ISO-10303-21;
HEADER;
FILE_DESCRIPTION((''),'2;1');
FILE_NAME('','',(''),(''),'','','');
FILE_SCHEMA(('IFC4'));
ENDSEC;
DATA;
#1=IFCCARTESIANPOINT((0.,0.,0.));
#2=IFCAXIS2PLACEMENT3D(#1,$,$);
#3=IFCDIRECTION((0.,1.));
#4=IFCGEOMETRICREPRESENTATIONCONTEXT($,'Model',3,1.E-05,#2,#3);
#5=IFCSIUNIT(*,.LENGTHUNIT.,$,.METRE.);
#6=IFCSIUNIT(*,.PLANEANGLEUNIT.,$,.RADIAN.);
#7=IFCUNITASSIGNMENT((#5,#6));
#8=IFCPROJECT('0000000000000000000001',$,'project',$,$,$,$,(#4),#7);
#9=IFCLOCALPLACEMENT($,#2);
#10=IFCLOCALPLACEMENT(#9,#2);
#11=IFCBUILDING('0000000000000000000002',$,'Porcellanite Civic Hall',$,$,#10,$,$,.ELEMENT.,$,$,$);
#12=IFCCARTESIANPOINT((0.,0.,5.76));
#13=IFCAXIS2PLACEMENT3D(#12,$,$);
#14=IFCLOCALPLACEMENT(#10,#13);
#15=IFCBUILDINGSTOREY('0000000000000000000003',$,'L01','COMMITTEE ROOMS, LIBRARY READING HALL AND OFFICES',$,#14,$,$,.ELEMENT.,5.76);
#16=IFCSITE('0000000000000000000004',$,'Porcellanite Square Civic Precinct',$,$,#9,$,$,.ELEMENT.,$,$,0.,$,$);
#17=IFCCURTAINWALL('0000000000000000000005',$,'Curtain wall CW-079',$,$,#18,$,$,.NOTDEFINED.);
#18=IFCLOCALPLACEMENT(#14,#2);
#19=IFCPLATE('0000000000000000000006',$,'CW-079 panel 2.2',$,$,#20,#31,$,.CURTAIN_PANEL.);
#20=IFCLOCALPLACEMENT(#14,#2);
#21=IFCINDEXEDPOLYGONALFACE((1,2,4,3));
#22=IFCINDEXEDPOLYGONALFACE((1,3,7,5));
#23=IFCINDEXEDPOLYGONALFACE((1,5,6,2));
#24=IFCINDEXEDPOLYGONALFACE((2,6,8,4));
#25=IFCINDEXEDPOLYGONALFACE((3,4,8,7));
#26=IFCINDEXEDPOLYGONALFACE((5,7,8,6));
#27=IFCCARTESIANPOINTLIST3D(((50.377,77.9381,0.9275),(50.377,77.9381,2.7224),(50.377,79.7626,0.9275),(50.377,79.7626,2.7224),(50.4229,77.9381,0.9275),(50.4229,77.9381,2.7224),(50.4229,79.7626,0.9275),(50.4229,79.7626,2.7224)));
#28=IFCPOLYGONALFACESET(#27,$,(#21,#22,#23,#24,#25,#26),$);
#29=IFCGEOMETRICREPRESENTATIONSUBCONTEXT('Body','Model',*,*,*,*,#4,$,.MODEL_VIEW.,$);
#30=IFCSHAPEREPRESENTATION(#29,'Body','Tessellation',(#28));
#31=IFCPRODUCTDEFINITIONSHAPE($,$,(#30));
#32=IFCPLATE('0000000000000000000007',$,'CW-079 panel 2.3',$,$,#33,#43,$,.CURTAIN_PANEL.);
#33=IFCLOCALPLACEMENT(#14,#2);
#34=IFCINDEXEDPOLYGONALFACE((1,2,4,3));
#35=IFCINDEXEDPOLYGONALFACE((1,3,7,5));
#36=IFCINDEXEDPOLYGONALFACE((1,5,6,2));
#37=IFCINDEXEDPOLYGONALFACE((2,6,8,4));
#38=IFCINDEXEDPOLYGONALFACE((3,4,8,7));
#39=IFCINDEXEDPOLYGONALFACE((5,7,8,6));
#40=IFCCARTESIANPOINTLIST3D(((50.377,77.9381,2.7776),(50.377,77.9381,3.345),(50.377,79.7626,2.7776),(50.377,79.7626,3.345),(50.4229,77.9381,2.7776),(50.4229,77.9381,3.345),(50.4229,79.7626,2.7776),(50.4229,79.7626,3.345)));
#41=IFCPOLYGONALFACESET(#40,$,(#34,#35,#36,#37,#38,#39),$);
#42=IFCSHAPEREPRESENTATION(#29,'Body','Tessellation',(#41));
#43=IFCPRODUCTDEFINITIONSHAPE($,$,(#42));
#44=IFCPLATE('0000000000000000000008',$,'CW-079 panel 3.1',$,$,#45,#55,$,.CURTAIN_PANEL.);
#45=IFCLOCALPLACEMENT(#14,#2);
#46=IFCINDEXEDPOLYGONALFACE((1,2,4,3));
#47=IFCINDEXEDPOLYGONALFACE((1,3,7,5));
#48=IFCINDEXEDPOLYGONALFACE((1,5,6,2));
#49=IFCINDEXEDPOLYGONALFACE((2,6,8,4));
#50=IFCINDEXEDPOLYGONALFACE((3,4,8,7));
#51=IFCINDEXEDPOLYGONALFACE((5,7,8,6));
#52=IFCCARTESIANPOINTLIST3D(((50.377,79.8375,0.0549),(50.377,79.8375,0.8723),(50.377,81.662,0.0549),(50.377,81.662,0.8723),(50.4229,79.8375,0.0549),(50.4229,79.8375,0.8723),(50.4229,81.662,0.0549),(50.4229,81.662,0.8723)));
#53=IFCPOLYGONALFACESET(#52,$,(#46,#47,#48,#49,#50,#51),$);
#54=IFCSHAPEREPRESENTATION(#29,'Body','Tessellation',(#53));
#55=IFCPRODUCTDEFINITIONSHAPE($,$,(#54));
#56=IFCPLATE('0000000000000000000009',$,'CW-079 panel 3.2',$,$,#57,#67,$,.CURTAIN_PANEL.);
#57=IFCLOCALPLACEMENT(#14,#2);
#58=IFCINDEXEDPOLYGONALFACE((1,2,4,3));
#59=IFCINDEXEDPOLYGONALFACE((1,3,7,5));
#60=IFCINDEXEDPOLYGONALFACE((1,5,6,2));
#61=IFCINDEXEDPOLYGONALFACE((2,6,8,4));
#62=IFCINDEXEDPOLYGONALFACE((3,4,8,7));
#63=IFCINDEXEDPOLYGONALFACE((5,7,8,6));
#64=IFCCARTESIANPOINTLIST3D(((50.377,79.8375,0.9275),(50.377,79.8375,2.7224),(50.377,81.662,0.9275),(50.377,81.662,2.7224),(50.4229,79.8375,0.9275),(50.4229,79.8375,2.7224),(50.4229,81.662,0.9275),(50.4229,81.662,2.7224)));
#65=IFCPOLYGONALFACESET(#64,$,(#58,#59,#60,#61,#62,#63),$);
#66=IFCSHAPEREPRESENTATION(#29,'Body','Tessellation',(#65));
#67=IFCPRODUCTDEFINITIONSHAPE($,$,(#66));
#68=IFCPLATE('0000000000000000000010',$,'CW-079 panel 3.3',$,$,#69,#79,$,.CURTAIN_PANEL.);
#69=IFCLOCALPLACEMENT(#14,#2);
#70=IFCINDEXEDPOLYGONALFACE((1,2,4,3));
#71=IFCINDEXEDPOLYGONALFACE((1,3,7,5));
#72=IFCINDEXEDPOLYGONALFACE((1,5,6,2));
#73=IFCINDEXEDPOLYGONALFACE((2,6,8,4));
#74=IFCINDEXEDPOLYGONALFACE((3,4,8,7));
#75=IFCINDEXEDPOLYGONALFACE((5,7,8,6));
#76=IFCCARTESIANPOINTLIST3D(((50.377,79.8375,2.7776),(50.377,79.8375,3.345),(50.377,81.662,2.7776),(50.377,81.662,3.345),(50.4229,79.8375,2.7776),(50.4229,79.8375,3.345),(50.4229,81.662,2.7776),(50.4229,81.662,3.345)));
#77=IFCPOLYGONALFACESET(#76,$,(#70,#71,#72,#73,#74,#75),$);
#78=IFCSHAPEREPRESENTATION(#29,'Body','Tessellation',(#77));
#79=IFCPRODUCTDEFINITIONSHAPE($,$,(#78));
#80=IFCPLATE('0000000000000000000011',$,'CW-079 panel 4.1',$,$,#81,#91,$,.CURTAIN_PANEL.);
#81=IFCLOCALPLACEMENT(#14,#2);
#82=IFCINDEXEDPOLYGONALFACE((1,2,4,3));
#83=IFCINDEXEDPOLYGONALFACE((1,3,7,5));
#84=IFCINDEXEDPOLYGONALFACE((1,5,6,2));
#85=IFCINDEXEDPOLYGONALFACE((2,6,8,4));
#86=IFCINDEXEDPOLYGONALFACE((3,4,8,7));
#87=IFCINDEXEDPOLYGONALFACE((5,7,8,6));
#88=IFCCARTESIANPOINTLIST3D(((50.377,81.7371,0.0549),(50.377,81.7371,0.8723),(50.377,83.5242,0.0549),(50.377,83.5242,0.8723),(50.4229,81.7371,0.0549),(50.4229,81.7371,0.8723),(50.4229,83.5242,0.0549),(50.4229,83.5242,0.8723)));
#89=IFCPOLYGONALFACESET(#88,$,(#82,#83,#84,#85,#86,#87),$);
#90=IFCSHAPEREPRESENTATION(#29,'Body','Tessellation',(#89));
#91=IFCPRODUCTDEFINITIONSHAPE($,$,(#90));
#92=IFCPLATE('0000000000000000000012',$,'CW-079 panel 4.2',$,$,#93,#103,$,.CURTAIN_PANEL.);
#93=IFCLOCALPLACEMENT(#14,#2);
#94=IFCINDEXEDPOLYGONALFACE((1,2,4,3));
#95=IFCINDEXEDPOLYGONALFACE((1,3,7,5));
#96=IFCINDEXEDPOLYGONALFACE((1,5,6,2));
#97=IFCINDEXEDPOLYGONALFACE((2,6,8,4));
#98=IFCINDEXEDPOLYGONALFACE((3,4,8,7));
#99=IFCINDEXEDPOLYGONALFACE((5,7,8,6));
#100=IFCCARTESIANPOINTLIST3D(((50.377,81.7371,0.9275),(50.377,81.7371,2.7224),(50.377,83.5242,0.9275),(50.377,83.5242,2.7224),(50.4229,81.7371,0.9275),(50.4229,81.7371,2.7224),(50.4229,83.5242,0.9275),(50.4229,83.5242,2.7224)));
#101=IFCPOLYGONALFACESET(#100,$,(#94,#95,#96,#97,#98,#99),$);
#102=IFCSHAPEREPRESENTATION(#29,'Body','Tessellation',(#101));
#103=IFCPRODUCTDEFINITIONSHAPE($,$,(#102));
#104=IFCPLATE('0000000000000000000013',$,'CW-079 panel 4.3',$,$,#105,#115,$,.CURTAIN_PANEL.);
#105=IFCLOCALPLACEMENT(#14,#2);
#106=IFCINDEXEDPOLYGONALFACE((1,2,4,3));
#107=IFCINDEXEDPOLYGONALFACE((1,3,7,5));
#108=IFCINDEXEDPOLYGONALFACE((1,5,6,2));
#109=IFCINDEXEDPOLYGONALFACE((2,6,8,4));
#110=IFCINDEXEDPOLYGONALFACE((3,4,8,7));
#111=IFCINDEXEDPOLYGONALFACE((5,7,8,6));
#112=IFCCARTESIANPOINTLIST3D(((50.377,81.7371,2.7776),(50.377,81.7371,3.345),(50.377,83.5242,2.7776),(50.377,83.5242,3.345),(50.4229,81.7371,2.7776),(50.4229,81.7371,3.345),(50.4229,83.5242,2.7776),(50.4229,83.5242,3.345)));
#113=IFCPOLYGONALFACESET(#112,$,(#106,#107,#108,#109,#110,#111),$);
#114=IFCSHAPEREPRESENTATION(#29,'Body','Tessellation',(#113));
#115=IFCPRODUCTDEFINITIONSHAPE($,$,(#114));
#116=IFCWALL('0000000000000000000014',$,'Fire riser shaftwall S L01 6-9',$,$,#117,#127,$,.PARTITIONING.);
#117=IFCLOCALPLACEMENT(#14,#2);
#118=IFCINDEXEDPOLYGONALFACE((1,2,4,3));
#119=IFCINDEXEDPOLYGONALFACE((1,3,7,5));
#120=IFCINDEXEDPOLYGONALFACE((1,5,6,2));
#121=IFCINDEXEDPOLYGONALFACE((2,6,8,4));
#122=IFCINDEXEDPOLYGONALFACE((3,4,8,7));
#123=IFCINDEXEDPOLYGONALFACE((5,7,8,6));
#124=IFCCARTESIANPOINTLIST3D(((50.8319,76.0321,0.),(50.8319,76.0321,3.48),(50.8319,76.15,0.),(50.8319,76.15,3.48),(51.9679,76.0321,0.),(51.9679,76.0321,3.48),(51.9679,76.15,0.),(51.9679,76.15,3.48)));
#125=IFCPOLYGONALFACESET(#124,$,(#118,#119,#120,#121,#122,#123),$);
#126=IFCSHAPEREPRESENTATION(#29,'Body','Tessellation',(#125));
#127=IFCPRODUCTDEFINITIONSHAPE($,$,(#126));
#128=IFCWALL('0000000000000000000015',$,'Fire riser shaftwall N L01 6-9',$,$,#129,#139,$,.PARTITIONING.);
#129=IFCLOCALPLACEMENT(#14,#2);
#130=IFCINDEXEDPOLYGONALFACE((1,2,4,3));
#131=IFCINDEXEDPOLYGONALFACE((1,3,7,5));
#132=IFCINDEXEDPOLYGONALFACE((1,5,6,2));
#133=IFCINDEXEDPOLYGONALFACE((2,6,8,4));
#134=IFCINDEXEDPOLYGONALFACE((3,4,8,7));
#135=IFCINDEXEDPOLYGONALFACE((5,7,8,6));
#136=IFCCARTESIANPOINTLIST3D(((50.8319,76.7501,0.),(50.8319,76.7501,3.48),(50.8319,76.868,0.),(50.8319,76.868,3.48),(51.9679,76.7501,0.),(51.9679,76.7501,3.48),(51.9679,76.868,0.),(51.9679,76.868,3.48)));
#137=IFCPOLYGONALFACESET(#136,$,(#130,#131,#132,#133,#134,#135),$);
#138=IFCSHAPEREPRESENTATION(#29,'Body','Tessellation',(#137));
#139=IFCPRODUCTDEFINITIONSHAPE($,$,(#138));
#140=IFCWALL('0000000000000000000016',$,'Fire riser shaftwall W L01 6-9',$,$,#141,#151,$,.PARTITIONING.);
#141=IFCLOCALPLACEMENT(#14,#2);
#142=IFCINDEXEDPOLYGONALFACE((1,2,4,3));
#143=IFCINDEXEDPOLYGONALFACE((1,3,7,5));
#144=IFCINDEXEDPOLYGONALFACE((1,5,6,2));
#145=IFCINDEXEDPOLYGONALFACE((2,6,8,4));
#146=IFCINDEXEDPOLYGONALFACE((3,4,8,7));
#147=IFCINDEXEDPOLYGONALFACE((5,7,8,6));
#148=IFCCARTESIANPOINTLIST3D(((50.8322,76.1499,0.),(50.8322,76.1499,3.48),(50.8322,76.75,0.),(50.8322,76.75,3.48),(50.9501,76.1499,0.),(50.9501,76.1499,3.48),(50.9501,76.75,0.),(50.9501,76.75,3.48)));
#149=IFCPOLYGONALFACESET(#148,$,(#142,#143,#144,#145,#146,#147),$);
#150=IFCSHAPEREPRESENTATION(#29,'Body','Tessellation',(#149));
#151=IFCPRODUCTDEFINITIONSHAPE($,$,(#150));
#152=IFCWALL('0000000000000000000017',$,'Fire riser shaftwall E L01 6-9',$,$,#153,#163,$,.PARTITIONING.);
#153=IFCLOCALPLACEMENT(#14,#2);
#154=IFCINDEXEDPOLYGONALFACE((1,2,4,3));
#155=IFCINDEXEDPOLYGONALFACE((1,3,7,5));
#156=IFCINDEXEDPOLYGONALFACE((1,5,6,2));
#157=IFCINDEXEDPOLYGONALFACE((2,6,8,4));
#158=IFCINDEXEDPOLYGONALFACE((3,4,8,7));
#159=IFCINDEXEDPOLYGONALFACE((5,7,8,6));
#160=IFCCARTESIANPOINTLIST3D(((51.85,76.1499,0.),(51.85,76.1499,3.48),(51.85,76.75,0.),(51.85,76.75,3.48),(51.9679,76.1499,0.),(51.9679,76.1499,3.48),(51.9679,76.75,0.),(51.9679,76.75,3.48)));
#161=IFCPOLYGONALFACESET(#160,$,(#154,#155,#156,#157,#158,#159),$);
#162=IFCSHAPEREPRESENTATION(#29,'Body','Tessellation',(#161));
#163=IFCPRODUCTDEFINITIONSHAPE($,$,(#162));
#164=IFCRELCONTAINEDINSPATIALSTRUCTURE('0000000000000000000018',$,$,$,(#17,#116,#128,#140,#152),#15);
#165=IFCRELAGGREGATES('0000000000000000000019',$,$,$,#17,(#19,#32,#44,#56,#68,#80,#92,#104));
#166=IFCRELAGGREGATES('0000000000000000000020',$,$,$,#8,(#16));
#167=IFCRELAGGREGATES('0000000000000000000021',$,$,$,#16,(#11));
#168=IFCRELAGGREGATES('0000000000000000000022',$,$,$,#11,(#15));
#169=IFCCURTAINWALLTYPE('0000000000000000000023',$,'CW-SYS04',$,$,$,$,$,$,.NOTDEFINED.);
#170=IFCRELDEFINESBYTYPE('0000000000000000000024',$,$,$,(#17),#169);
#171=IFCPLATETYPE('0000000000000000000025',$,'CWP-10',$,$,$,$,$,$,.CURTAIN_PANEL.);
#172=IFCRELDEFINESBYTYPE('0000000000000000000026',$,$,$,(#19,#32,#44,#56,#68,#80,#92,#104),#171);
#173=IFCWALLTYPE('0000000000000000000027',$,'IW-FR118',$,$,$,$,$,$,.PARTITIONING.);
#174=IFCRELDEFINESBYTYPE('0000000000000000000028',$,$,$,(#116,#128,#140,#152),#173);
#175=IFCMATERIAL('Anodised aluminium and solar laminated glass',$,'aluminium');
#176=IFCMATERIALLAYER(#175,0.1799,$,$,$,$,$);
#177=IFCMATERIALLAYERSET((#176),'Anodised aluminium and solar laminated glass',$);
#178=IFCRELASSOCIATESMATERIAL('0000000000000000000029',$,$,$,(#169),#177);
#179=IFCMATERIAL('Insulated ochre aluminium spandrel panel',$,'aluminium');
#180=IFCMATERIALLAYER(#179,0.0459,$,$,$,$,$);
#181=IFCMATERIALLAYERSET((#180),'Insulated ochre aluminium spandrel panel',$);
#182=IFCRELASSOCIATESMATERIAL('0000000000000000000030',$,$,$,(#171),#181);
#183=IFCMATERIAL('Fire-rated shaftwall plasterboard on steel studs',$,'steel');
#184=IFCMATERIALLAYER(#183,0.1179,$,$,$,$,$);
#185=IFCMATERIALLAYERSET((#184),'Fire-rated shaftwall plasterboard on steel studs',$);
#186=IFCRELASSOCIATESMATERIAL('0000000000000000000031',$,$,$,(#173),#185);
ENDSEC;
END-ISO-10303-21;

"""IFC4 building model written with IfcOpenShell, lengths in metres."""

from ifc_helpers import new_model, si_unit, direction, frame, frame_2d, origin, origin_2d, place, context, subcontext, project, spatial, rectangle, extrude, material, layer, layer_set, type_object, element, aggregate, save


model = new_model("IFC4")

# Units and contexts
model_context = context("Model", 3, precision=1e-05, world=origin(), true_north=direction((0.0, 1.0)))
body_context = subcontext(model_context, "Body", "Model", "MODEL_VIEW")
ifc_project = project(units=[si_unit("LENGTHUNIT", "METRE"), si_unit("PLANEANGLEUNIT", "RADIAN")], contexts=[model_context])

# Site, building, storey
site_placement = place(None, origin())
site = spatial("IfcSite", under=ifc_project, at=site_placement, Name="Porcellanite Square Civic Precinct", CompositionType="ELEMENT", RefElevation=0.0)
building_placement = place(site_placement, origin())
building = spatial("IfcBuilding", under=site, at=building_placement, Name="Porcellanite Civic Hall", CompositionType="ELEMENT")
storey_placement = place(building_placement, frame((0.0, 0.0, 5.76)))
storey = spatial("IfcBuildingStorey", under=building, at=storey_placement, Name="L01", Description="COMMITTEE ROOMS, LIBRARY READING HALL AND OFFICES", CompositionType="ELEMENT", Elevation=5.76)

# Curtain wall
ifc_material_1 = material(Name="Anodised aluminium and solar laminated glass", Category="aluminium")
ifc_layer_1 = layer(ifc_material_1, 0.1799)
ifc_layer_set_1 = layer_set([ifc_layer_1], Name="Anodised aluminium and solar laminated glass")
curtain_wall_type_1 = type_object("IfcCurtainWallType", Name="CW-SYS04", PredefinedType="NOTDEFINED", material=ifc_layer_set_1)
curtain_wall_1_placement = place(storey_placement, origin())
curtain_wall_1 = element("IfcCurtainWall", 1, at=curtain_wall_1_placement, inside=storey, type_object=curtain_wall_type_1, Name="Curtain wall CW-079", PredefinedType="NOTDEFINED")

# Plates
ifc_material_2 = material(Name="Insulated ochre aluminium spandrel panel", Category="aluminium")
ifc_layer_2 = layer(ifc_material_2, 0.0459)
ifc_layer_set_2 = layer_set([ifc_layer_2], Name="Insulated ochre aluminium spandrel panel")
plate_type_1 = type_object("IfcPlateType", Name="CWP-10", PredefinedType="CURTAIN_PANEL", material=ifc_layer_set_2)
plate_1_placement = place(storey_placement, frame((50.3999, 78.8503, 0.9275), z_axis=(0.0, 0.0, 1.0), x_axis=(0.0, 1.0, 0.0)))
plate_1 = element("IfcPlate", 2, at=plate_1_placement, type_object=plate_type_1, Name="CW-079 panel 2.2", PredefinedType="CURTAIN_PANEL", context=body_context, shape_type="SweptSolid", body=[
    extrude(rectangle(XDim=1.8245, YDim=0.0459, at=origin_2d()), origin(), (0.0, 0.0, 1.0), 1.7949),
])
plate_2_placement = place(storey_placement, frame((50.3999, 78.8503, 2.7776), z_axis=(0.0, 0.0, 1.0), x_axis=(0.0, 1.0, 0.0)))
plate_2 = element("IfcPlate", 3, at=plate_2_placement, type_object=plate_type_1, Name="CW-079 panel 2.3", PredefinedType="CURTAIN_PANEL", context=body_context, shape_type="SweptSolid", body=[
    extrude(rectangle(XDim=1.8245, YDim=0.0459, at=origin_2d()), origin(), (0.0, 0.0, 1.0), 0.5674),
])
plate_3_placement = place(storey_placement, frame((50.3999, 80.7498, 0.0549), z_axis=(0.0, 0.0, 1.0), x_axis=(0.0, 1.0, 0.0)))
plate_3 = element("IfcPlate", 4, at=plate_3_placement, type_object=plate_type_1, Name="CW-079 panel 3.1", PredefinedType="CURTAIN_PANEL", context=body_context, shape_type="SweptSolid", body=[
    extrude(rectangle(XDim=1.8245, YDim=0.0459, at=origin_2d()), origin(), (0.0, 0.0, 1.0), 0.8174),
])
plate_4_placement = place(storey_placement, frame((50.3999, 80.7498, 0.9275), z_axis=(0.0, 0.0, 1.0), x_axis=(0.0, 1.0, 0.0)))
plate_4 = element("IfcPlate", 5, at=plate_4_placement, type_object=plate_type_1, Name="CW-079 panel 3.2", PredefinedType="CURTAIN_PANEL", context=body_context, shape_type="SweptSolid", body=[
    extrude(rectangle(XDim=1.8245, YDim=0.0459, at=origin_2d()), origin(), (0.0, 0.0, 1.0), 1.7949),
])
plate_5_placement = place(storey_placement, frame((50.3999, 80.7498, 2.7776), z_axis=(0.0, 0.0, 1.0), x_axis=(0.0, 1.0, 0.0)))
plate_5 = element("IfcPlate", 6, at=plate_5_placement, type_object=plate_type_1, Name="CW-079 panel 3.3", PredefinedType="CURTAIN_PANEL", context=body_context, shape_type="SweptSolid", body=[
    extrude(rectangle(XDim=1.8245, YDim=0.0459, at=origin_2d()), origin(), (0.0, 0.0, 1.0), 0.5674),
])
plate_6_placement = place(storey_placement, frame((50.3999, 82.6306, 0.0549), z_axis=(0.0, 0.0, 1.0), x_axis=(0.0, 1.0, 0.0)))
plate_6 = element("IfcPlate", 7, at=plate_6_placement, type_object=plate_type_1, Name="CW-079 panel 4.1", PredefinedType="CURTAIN_PANEL", context=body_context, shape_type="SweptSolid", body=[
    extrude(rectangle(XDim=1.7871, YDim=0.0459, at=origin_2d()), origin(), (0.0, 0.0, 1.0), 0.8174),
])
plate_7_placement = place(storey_placement, frame((50.3999, 82.6306, 0.9275), z_axis=(0.0, 0.0, 1.0), x_axis=(0.0, 1.0, 0.0)))
plate_7 = element("IfcPlate", 8, at=plate_7_placement, type_object=plate_type_1, Name="CW-079 panel 4.2", PredefinedType="CURTAIN_PANEL", context=body_context, shape_type="SweptSolid", body=[
    extrude(rectangle(XDim=1.7871, YDim=0.0459, at=origin_2d()), origin(), (0.0, 0.0, 1.0), 1.7949),
])
plate_8_placement = place(storey_placement, frame((50.3999, 82.6306, 2.7776), z_axis=(0.0, 0.0, 1.0), x_axis=(0.0, 1.0, 0.0)))
plate_8 = element("IfcPlate", 9, at=plate_8_placement, type_object=plate_type_1, Name="CW-079 panel 4.3", PredefinedType="CURTAIN_PANEL", context=body_context, shape_type="SweptSolid", body=[
    extrude(rectangle(XDim=1.7871, YDim=0.0459, at=origin_2d()), origin(), (0.0, 0.0, 1.0), 0.5674),
])
aggregate(curtain_wall_1, [plate_1, plate_2, plate_3, plate_4, plate_5, plate_6, plate_7, plate_8])

# Walls
ifc_material_3 = material(Name="Fire-rated shaftwall plasterboard on steel studs", Category="steel")
ifc_layer_3 = layer(ifc_material_3, 0.1179)
ifc_layer_set_3 = layer_set([ifc_layer_3], Name="Fire-rated shaftwall plasterboard on steel studs")
wall_type = type_object("IfcWallType", Name="IW-FR118", PredefinedType="PARTITIONING", material=ifc_layer_set_3)
for number, where, z_axis, x_axis, name in (
    (10, (50.832, 76.0911, 0.0), (0.0, 0.0, 1.0), (1.0, 0.0, 0.0), "Fire riser shaftwall S L01 6-9"),
    (11, (50.832, 76.8091, 0.0), (0.0, 0.0, 1.0), (1.0, 0.0, 0.0), "Fire riser shaftwall N L01 6-9"),
):
    element("IfcWall", number, at=place(storey_placement, frame(where, z_axis=z_axis, x_axis=x_axis)), inside=storey, type_object=wall_type, Name=name, PredefinedType="PARTITIONING", context=body_context, shape_type="SweptSolid", body=[
        extrude(rectangle(XDim=1.136, YDim=0.1179, at=frame_2d((0.5679, 0.0))), origin(), (0.0, 0.0, 1.0), 3.48),
    ])
for number, where, z_axis, x_axis, name in (
    (12, (50.8911, 76.1499, 0.0), (0.0, 0.0, 1.0), (0.0, 1.0, 0.0), "Fire riser shaftwall W L01 6-9"),
    (13, (51.9089, 76.1499, 0.0), (0.0, 0.0, 1.0), (0.0, 1.0, 0.0), "Fire riser shaftwall E L01 6-9"),
):
    element("IfcWall", number, at=place(storey_placement, frame(where, z_axis=z_axis, x_axis=x_axis)), inside=storey, type_object=wall_type, Name=name, PredefinedType="PARTITIONING", context=body_context, shape_type="SweptSolid", body=[
        extrude(rectangle(XDim=0.6001, YDim=0.1179, at=frame_2d((0.3, 0.0))), origin(), (0.0, 0.0, 1.0), 3.48),
    ])

save(model, "model.ifc")
